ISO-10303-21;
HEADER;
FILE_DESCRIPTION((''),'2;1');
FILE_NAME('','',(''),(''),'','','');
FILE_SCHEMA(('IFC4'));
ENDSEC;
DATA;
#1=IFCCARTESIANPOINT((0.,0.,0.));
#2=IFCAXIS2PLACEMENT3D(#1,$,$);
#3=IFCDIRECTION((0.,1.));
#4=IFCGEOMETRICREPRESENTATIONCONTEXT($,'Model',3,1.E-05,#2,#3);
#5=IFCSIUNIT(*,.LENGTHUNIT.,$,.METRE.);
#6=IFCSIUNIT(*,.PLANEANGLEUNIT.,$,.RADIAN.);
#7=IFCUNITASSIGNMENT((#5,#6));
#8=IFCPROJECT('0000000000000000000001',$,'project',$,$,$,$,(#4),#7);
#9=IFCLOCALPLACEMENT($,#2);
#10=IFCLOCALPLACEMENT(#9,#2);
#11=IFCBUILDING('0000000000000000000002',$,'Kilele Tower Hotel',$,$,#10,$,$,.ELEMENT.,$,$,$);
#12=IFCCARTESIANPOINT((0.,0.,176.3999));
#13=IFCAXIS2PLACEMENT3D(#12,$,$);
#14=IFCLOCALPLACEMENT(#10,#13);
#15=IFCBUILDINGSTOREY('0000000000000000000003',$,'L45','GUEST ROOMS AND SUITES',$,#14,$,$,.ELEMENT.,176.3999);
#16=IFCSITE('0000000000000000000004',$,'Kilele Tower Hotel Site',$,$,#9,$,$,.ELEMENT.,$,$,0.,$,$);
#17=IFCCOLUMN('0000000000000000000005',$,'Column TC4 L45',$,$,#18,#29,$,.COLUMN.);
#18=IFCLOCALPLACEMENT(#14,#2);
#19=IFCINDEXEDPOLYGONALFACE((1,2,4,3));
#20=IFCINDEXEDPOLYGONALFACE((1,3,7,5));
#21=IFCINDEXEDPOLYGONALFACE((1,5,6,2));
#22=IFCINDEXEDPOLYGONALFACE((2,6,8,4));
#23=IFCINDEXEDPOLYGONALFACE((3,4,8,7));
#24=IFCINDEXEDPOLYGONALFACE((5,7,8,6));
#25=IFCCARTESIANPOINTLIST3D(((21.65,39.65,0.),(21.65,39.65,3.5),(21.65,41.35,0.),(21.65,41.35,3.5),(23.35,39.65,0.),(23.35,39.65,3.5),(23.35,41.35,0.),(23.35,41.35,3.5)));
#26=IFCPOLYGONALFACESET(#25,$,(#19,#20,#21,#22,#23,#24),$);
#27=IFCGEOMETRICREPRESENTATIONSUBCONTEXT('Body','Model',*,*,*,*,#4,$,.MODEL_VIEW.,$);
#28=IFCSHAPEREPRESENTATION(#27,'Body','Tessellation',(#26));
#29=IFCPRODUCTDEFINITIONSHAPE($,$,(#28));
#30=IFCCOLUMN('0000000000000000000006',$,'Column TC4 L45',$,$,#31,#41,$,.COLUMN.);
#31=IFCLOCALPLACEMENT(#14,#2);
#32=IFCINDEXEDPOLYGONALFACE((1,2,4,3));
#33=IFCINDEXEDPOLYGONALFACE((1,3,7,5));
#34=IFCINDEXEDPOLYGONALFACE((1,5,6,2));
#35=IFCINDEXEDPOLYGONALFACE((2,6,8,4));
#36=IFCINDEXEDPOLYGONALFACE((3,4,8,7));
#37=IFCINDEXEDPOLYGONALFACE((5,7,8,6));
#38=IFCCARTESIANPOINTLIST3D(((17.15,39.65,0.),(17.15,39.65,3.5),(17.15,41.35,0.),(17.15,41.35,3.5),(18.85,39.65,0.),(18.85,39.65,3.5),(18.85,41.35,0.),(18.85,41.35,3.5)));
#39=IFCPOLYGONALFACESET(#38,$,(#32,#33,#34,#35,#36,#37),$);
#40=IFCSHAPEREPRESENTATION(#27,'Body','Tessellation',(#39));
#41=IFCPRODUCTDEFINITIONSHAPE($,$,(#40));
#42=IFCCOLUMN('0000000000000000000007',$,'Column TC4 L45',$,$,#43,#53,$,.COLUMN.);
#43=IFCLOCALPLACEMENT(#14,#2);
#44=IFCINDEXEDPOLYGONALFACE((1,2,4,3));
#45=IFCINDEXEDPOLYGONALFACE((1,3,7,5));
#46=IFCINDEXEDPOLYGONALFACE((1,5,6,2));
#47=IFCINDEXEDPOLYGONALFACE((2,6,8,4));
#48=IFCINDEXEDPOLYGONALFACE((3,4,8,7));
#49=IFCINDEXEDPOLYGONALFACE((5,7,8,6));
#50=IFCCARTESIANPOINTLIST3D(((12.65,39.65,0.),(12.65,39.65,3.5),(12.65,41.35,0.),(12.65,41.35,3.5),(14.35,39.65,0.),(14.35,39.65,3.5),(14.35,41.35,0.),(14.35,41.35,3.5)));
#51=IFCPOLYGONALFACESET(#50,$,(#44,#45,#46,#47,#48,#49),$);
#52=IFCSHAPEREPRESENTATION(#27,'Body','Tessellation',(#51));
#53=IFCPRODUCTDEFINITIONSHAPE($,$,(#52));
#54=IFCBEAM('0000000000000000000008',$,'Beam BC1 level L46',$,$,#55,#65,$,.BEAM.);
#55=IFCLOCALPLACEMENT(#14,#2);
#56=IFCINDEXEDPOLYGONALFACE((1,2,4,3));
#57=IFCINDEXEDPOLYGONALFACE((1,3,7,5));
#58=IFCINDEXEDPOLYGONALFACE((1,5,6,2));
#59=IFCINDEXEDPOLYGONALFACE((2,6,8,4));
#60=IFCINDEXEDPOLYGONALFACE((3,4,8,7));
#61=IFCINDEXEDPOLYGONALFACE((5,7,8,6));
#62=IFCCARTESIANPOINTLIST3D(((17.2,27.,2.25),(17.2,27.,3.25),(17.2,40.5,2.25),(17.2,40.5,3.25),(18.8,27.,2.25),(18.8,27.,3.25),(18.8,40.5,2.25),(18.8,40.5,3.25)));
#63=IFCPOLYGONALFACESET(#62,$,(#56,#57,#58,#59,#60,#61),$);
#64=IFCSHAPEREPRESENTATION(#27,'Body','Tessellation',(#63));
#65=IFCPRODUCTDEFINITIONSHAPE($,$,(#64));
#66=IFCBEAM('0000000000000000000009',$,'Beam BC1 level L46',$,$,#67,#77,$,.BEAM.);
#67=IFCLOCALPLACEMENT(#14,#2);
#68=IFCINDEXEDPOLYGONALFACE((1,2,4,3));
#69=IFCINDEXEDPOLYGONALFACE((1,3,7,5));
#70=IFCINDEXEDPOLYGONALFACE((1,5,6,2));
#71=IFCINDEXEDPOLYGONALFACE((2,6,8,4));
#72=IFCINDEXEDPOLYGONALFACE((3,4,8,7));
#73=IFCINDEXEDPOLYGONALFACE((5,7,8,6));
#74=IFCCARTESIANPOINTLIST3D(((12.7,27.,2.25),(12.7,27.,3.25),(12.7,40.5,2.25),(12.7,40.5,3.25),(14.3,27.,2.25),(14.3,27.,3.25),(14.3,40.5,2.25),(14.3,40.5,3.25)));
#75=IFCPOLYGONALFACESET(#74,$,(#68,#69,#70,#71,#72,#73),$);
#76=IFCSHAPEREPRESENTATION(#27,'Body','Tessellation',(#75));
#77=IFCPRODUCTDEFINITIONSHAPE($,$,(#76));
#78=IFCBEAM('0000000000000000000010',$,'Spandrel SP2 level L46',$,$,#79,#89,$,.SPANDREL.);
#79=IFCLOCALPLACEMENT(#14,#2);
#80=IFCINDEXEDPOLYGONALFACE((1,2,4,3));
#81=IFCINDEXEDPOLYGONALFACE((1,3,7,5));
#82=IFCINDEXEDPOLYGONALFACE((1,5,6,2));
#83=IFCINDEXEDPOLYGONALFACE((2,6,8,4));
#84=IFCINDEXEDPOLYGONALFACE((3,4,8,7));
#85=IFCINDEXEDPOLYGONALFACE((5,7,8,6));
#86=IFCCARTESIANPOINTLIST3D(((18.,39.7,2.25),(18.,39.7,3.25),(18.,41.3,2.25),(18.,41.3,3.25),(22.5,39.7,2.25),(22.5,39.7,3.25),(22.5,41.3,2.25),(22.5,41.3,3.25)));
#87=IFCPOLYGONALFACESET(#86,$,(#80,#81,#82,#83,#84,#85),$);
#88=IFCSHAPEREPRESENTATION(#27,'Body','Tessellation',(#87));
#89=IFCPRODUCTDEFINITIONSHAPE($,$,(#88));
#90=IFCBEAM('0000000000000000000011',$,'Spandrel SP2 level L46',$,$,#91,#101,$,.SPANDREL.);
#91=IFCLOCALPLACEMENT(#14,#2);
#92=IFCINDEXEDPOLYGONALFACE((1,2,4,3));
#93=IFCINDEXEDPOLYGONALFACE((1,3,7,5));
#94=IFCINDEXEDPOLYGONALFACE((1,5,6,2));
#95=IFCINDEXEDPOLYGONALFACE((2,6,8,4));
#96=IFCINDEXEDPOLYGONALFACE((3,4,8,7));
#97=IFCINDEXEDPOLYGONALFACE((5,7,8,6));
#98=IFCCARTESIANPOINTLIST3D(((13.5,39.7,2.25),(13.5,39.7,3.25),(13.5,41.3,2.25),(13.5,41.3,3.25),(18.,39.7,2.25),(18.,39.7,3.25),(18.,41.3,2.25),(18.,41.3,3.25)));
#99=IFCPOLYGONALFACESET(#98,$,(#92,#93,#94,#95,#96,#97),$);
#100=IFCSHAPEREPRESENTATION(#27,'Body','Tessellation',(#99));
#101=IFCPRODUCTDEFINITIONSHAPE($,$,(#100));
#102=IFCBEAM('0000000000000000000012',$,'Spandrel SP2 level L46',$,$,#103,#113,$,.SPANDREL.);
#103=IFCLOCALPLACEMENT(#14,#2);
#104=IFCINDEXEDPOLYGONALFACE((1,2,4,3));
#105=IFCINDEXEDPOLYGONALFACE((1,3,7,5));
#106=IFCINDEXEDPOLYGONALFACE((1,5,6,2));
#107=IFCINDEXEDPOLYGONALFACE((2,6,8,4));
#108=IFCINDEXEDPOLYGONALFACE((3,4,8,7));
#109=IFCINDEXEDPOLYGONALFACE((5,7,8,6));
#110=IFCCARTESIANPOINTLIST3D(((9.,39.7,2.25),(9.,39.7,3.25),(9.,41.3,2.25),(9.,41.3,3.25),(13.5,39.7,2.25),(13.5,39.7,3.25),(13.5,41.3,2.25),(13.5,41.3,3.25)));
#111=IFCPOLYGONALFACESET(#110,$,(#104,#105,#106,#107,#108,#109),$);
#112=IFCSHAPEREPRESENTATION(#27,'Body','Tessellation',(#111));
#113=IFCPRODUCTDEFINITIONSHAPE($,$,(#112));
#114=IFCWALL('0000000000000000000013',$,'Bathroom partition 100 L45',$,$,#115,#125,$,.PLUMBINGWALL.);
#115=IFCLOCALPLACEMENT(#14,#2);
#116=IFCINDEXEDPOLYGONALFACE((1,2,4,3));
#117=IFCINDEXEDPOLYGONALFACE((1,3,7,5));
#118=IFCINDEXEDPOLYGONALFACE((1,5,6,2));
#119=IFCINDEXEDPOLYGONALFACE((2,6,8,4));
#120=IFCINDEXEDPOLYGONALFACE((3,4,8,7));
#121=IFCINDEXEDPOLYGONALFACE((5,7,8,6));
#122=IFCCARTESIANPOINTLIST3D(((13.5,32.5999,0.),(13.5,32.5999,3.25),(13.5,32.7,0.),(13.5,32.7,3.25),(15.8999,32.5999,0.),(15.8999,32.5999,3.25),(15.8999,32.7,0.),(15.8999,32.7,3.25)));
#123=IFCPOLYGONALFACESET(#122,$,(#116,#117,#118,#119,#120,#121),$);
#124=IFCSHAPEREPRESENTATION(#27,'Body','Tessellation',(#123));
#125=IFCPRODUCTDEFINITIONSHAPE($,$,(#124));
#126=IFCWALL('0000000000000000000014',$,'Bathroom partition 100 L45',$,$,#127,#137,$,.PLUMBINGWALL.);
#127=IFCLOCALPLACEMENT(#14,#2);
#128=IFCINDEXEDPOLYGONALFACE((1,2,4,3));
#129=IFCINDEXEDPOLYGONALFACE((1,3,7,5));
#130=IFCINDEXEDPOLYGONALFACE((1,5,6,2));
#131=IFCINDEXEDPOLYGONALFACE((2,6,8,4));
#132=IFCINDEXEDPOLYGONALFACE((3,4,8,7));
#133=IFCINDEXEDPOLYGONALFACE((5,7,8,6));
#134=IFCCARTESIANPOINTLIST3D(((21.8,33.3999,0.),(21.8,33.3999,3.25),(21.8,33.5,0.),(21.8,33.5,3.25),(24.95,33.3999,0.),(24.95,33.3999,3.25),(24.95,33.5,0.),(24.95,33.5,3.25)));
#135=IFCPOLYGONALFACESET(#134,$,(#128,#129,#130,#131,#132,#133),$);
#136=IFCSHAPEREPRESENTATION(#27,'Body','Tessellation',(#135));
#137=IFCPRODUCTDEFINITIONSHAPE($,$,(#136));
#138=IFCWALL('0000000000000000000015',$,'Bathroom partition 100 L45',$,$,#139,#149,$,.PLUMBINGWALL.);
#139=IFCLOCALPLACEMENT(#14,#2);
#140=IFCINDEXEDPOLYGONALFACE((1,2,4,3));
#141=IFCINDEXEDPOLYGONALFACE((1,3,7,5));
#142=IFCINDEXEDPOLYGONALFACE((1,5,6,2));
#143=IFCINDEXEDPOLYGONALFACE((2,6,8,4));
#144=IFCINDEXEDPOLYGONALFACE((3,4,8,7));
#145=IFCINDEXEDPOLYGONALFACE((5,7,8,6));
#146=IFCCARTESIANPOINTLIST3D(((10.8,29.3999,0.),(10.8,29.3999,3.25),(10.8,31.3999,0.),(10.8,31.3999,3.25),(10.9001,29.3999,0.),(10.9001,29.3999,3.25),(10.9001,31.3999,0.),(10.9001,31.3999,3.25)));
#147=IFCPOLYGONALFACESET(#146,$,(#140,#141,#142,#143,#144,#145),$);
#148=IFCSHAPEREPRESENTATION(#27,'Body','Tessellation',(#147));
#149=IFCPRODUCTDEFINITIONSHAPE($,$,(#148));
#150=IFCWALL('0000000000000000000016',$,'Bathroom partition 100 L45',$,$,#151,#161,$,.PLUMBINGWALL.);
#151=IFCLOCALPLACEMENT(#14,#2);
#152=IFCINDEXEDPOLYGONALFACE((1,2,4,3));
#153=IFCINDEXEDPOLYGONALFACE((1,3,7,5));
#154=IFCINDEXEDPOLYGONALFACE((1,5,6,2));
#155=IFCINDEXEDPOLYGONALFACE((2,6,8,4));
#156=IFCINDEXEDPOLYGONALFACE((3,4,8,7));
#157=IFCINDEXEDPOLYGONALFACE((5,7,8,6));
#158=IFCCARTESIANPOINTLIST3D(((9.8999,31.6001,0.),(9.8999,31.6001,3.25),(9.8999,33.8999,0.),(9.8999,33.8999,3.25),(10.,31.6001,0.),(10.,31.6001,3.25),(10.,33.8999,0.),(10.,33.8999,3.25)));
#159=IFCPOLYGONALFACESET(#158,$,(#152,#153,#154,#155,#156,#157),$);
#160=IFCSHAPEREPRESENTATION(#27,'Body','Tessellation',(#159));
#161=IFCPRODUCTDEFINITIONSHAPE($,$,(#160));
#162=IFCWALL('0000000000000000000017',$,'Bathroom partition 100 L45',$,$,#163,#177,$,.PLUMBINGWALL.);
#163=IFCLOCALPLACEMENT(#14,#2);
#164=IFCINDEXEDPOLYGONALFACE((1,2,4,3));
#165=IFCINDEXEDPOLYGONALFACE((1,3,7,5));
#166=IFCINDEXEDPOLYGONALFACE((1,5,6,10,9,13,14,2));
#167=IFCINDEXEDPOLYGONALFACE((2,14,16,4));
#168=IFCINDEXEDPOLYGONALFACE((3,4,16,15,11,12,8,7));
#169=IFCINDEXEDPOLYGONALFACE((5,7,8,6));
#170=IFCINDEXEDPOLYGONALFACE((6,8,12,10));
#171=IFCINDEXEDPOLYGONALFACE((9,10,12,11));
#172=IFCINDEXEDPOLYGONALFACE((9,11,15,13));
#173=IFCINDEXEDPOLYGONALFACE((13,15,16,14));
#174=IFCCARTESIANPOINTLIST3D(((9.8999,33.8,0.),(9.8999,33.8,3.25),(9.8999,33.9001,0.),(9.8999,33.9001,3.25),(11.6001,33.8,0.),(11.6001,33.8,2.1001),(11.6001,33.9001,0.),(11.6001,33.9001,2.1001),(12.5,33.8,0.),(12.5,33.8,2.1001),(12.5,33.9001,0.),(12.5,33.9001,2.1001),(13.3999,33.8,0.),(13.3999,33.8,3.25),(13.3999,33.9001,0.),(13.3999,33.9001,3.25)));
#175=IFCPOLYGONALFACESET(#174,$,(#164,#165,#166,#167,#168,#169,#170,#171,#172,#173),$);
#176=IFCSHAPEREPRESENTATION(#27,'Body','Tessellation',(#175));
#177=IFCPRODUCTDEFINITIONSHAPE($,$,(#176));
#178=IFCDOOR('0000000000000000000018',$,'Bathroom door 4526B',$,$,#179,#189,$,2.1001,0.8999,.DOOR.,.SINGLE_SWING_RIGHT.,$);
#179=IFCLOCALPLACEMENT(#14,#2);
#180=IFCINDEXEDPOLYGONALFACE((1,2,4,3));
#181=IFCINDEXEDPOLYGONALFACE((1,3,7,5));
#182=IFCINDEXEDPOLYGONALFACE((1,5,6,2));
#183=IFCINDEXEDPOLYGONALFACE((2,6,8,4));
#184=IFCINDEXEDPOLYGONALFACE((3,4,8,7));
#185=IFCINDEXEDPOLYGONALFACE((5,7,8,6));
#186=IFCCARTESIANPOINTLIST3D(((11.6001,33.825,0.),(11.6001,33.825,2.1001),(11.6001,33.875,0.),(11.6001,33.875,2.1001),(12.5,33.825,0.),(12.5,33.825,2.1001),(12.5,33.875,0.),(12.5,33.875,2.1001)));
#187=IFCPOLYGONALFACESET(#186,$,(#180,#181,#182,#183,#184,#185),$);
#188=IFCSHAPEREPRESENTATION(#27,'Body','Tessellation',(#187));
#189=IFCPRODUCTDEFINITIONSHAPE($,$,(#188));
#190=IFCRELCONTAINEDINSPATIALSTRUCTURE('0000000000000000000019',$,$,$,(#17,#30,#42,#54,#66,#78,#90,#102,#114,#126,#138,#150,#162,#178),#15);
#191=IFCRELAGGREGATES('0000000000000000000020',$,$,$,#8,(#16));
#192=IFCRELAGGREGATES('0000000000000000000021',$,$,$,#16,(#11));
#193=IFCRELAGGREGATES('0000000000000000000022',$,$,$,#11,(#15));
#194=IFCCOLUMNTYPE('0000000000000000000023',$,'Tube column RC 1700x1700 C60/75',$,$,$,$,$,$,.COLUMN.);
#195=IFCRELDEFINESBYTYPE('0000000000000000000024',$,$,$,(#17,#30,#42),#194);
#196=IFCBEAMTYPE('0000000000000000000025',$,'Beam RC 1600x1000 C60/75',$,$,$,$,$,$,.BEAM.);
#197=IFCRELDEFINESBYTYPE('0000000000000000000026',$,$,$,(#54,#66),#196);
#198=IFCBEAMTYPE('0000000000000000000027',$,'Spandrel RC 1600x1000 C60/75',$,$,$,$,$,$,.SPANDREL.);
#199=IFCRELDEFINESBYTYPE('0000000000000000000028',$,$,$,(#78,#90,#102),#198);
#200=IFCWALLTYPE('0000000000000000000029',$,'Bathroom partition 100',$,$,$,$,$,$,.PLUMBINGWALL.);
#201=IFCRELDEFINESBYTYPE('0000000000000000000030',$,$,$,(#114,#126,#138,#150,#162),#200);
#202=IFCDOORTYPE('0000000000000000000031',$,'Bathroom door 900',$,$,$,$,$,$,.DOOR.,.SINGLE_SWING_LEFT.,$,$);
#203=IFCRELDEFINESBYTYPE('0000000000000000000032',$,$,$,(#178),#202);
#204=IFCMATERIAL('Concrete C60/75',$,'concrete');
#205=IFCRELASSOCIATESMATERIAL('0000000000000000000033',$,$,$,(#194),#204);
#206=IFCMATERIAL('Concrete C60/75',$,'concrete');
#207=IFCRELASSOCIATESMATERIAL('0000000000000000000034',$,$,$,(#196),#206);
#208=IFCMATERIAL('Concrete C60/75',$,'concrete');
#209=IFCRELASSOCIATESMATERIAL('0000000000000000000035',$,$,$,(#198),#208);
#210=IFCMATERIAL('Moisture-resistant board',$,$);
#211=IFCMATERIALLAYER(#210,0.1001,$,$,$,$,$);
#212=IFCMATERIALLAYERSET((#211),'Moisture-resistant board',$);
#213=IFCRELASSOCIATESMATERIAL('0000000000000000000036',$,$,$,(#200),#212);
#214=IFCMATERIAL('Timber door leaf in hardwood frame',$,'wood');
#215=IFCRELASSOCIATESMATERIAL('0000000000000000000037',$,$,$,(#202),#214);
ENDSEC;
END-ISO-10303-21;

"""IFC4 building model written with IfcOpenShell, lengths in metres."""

from ifc_helpers import new_model, si_unit, direction, frame, frame_2d, origin, origin_2d, place, context, subcontext, project, spatial, rectangle, extrude, material, layer, layer_set, material_profile, profile_set, type_object, element, fill, save


model = new_model("IFC4")

# Units and contexts
model_context = context("Model", 3, precision=1e-05, world=origin(), true_north=direction((0.0, 1.0)))
body_context = subcontext(model_context, "Body", "Model", "MODEL_VIEW")
ifc_project = project(units=[si_unit("LENGTHUNIT", "METRE"), si_unit("PLANEANGLEUNIT", "RADIAN")], contexts=[model_context])

# Site, building, storey
site_placement = place(None, origin())
site = spatial("IfcSite", under=ifc_project, at=site_placement, Name="Kilele Tower Hotel Site", CompositionType="ELEMENT", RefElevation=0.0)
building_placement = place(site_placement, origin())
building = spatial("IfcBuilding", under=site, at=building_placement, Name="Kilele Tower Hotel", CompositionType="ELEMENT")
storey_placement = place(building_placement, frame((0.0, 0.0, 176.3999)))
storey = spatial("IfcBuildingStorey", under=building, at=storey_placement, Name="L45", Description="GUEST ROOMS AND SUITES", CompositionType="ELEMENT", Elevation=176.3999)

# Columns
ifc_material_1 = material(Name="Concrete C60/75", Category="concrete")
ifc_material_profile_1 = material_profile(ifc_material_1, rectangle(XDim=1.7, YDim=1.7, at=origin_2d()))
ifc_profile_set_1 = profile_set([ifc_material_profile_1], Name="Concrete C60/75")
column_type = type_object("IfcColumnType", Name="Tube column RC 1700x1700 C60/75", PredefinedType="COLUMN", material=ifc_profile_set_1)
for number, where, z_axis, x_axis, name in (
    (1, (22.5, 40.5, 0.0), (0.0, 0.0, 1.0), (1.0, 0.0, 0.0), "Column TC4 L45"),
    (2, (18.0, 40.5, 0.0), (0.0, 0.0, 1.0), (1.0, 0.0, 0.0), "Column TC4 L45"),
    (3, (13.5, 40.5, 0.0), (0.0, 0.0, 1.0), (1.0, 0.0, 0.0), "Column TC4 L45"),
):
    element("IfcColumn", number, at=place(storey_placement, frame(where, z_axis=z_axis, x_axis=x_axis)), inside=storey, type_object=column_type, Name=name, PredefinedType="COLUMN", context=body_context, shape_type="SweptSolid", body=[
        extrude(rectangle(XDim=1.7, YDim=1.7, at=origin_2d()), origin(), (0.0, 0.0, 1.0), 3.5),
    ])

# Beams
ifc_material_2 = material(Name="Concrete C60/75", Category="concrete")
ifc_material_profile_2 = material_profile(ifc_material_2, rectangle(XDim=1.6001, YDim=1.0, at=origin_2d()))
ifc_profile_set_2 = profile_set([ifc_material_profile_2], Name="Concrete C60/75")
beam_type_1 = type_object("IfcBeamType", Name="Beam RC 1600x1000 C60/75", PredefinedType="BEAM", material=ifc_profile_set_2)
for number, where, z_axis, x_axis, name in (
    (4, (18.0, 40.5, 2.75), (0.0, -1.0, 0.0), (1.0, 0.0, 0.0), "Beam BC1 level L46"),
    (5, (13.5, 40.5, 2.75), (0.0, -1.0, 0.0), (1.0, 0.0, 0.0), "Beam BC1 level L46"),
):
    element("IfcBeam", number, at=place(storey_placement, frame(where, z_axis=z_axis, x_axis=x_axis)), inside=storey, type_object=beam_type_1, Name=name, PredefinedType="BEAM", context=body_context, shape_type="SweptSolid", body=[
        extrude(rectangle(XDim=1.6001, YDim=1.0, at=origin_2d()), origin(), (0.0, 0.0, 1.0), 13.5),
    ])
ifc_material_3 = material(Name="Concrete C60/75", Category="concrete")
ifc_material_profile_3 = material_profile(ifc_material_3, rectangle(XDim=1.6001, YDim=1.0, at=origin_2d()))
ifc_profile_set_3 = profile_set([ifc_material_profile_3], Name="Concrete C60/75")
beam_type_2 = type_object("IfcBeamType", Name="Spandrel RC 1600x1000 C60/75", PredefinedType="SPANDREL", material=ifc_profile_set_3)
for number, where, z_axis, x_axis, name in (
    (6, (22.5, 40.5, 2.75), (-1.0, 0.0, 0.0), (0.0, -1.0, 0.0), "Spandrel SP2 level L46"),
    (7, (18.0, 40.5, 2.75), (-1.0, 0.0, 0.0), (0.0, -1.0, 0.0), "Spandrel SP2 level L46"),
    (8, (13.5, 40.5, 2.75), (-1.0, 0.0, 0.0), (0.0, -1.0, 0.0), "Spandrel SP2 level L46"),
):
    element("IfcBeam", number, at=place(storey_placement, frame(where, z_axis=z_axis, x_axis=x_axis)), inside=storey, type_object=beam_type_2, Name=name, PredefinedType="SPANDREL", context=body_context, shape_type="SweptSolid", body=[
        extrude(rectangle(XDim=1.6001, YDim=1.0, at=origin_2d()), origin(), (0.0, 0.0, 1.0), 4.5),
    ])

# Walls
ifc_material_4 = material(Name="Moisture-resistant board")
ifc_layer_1 = layer(ifc_material_4, 0.1001)
ifc_layer_set_1 = layer_set([ifc_layer_1], Name="Moisture-resistant board")
wall_type_1 = type_object("IfcWallType", Name="Bathroom partition 100", PredefinedType="PLUMBINGWALL", material=ifc_layer_set_1)
wall_1_placement = place(storey_placement, frame((13.5, 32.6499, 0.0), z_axis=(0.0, 0.0, 1.0), x_axis=(1.0, 0.0, 0.0)))
element("IfcWall", 9, at=wall_1_placement, inside=storey, type_object=wall_type_1, Name="Bathroom partition 100 L45", PredefinedType="PLUMBINGWALL", context=body_context, shape_type="SweptSolid", body=[
    extrude(rectangle(XDim=2.3999, YDim=0.1001, at=frame_2d((1.2, 0.0))), origin(), (0.0, 0.0, 1.0), 3.25),
])
wall_2_placement = place(storey_placement, frame((21.8, 33.45, 0.0), z_axis=(0.0, 0.0, 1.0), x_axis=(1.0, 0.0, 0.0)))
element("IfcWall", 10, at=wall_2_placement, inside=storey, type_object=wall_type_1, Name="Bathroom partition 100 L45", PredefinedType="PLUMBINGWALL", context=body_context, shape_type="SweptSolid", body=[
    extrude(rectangle(XDim=3.1499, YDim=0.1001, at=frame_2d((1.575, 0.0))), origin(), (0.0, 0.0, 1.0), 3.25),
])
wall_3_placement = place(storey_placement, frame((10.8501, 31.3999, 0.0), z_axis=(0.0, 0.0, 1.0), x_axis=(0.0, -1.0, 0.0)))
element("IfcWall", 11, at=wall_3_placement, inside=storey, type_object=wall_type_1, Name="Bathroom partition 100 L45", PredefinedType="PLUMBINGWALL", context=body_context, shape_type="SweptSolid", body=[
    extrude(rectangle(XDim=2.0, YDim=0.1001, at=frame_2d((1.0, 0.0))), origin(), (0.0, 0.0, 1.0), 3.25),
])
wall_4_placement = place(storey_placement, frame((9.95, 31.6001, 0.0), z_axis=(0.0, 0.0, 1.0), x_axis=(0.0, 1.0, 0.0)))
element("IfcWall", 12, at=wall_4_placement, inside=storey, type_object=wall_type_1, Name="Bathroom partition 100 L45", PredefinedType="PLUMBINGWALL", context=body_context, shape_type="SweptSolid", body=[
    extrude(rectangle(XDim=2.2998, YDim=0.1001, at=frame_2d((1.1499, 0.0))), origin(), (0.0, 0.0, 1.0), 3.25),
])

# Wall, opening, door
wall_5_placement = place(storey_placement, frame((13.3999, 33.8501, 0.0), z_axis=(0.0, 0.0, 1.0), x_axis=(-1.0, 0.0, 0.0)))
wall_5 = element("IfcWall", 13, at=wall_5_placement, inside=storey, type_object=wall_type_1, Name="Bathroom partition 100 L45", PredefinedType="PLUMBINGWALL", context=body_context, shape_type="SweptSolid", body=[
    extrude(rectangle(XDim=3.5, YDim=0.1001, at=frame_2d((1.75, 0.0))), origin(), (0.0, 0.0, 1.0), 3.25),
])
opening_1_placement = place(wall_5_placement, frame((1.7998, 0.0, 0.0), z_axis=(0.0, 0.0, 1.0), x_axis=(-1.0, 0.0, 0.0)))
opening_1 = element("IfcOpeningElement", 14, at=opening_1_placement, cuts=wall_5, PredefinedType="OPENING", context=body_context, shape_type="SweptSolid", body=[
    extrude(rectangle(XDim=0.8999, YDim=2.1001, at=frame_2d((0.45, 1.05))), frame((0.0, 0.0601, 0.0), z_axis=(0.0, -1.0, 0.0), x_axis=(1.0, 0.0, 0.0)), (0.0, 0.0, 1.0), 0.1201),
])
ifc_material_5 = material(Name="Timber door leaf in hardwood frame", Category="wood")
door_type_1 = type_object("IfcDoorType", Name="Bathroom door 900", OperationType="SINGLE_SWING_LEFT", PredefinedType="DOOR", material=ifc_material_5)
door_1_placement = place(opening_1_placement, origin())
door_1 = element("IfcDoor", 15, at=door_1_placement, inside=storey, type_object=door_type_1, Name="Bathroom door 4526B", OperationType="SINGLE_SWING_RIGHT", OverallHeight=2.1001, OverallWidth=0.8999, PredefinedType="DOOR", context=body_context, shape_type="SweptSolid", body=[
    extrude(rectangle(XDim=0.8999, YDim=2.1001, at=frame_2d((0.45, 1.05))), frame((0.0, 0.0249, 0.0), z_axis=(0.0, -1.0, 0.0), x_axis=(1.0, 0.0, 0.0)), (0.0, 0.0, 1.0), 0.05),
])
fill(opening_1, door_1)

save(model, "model.ifc")
